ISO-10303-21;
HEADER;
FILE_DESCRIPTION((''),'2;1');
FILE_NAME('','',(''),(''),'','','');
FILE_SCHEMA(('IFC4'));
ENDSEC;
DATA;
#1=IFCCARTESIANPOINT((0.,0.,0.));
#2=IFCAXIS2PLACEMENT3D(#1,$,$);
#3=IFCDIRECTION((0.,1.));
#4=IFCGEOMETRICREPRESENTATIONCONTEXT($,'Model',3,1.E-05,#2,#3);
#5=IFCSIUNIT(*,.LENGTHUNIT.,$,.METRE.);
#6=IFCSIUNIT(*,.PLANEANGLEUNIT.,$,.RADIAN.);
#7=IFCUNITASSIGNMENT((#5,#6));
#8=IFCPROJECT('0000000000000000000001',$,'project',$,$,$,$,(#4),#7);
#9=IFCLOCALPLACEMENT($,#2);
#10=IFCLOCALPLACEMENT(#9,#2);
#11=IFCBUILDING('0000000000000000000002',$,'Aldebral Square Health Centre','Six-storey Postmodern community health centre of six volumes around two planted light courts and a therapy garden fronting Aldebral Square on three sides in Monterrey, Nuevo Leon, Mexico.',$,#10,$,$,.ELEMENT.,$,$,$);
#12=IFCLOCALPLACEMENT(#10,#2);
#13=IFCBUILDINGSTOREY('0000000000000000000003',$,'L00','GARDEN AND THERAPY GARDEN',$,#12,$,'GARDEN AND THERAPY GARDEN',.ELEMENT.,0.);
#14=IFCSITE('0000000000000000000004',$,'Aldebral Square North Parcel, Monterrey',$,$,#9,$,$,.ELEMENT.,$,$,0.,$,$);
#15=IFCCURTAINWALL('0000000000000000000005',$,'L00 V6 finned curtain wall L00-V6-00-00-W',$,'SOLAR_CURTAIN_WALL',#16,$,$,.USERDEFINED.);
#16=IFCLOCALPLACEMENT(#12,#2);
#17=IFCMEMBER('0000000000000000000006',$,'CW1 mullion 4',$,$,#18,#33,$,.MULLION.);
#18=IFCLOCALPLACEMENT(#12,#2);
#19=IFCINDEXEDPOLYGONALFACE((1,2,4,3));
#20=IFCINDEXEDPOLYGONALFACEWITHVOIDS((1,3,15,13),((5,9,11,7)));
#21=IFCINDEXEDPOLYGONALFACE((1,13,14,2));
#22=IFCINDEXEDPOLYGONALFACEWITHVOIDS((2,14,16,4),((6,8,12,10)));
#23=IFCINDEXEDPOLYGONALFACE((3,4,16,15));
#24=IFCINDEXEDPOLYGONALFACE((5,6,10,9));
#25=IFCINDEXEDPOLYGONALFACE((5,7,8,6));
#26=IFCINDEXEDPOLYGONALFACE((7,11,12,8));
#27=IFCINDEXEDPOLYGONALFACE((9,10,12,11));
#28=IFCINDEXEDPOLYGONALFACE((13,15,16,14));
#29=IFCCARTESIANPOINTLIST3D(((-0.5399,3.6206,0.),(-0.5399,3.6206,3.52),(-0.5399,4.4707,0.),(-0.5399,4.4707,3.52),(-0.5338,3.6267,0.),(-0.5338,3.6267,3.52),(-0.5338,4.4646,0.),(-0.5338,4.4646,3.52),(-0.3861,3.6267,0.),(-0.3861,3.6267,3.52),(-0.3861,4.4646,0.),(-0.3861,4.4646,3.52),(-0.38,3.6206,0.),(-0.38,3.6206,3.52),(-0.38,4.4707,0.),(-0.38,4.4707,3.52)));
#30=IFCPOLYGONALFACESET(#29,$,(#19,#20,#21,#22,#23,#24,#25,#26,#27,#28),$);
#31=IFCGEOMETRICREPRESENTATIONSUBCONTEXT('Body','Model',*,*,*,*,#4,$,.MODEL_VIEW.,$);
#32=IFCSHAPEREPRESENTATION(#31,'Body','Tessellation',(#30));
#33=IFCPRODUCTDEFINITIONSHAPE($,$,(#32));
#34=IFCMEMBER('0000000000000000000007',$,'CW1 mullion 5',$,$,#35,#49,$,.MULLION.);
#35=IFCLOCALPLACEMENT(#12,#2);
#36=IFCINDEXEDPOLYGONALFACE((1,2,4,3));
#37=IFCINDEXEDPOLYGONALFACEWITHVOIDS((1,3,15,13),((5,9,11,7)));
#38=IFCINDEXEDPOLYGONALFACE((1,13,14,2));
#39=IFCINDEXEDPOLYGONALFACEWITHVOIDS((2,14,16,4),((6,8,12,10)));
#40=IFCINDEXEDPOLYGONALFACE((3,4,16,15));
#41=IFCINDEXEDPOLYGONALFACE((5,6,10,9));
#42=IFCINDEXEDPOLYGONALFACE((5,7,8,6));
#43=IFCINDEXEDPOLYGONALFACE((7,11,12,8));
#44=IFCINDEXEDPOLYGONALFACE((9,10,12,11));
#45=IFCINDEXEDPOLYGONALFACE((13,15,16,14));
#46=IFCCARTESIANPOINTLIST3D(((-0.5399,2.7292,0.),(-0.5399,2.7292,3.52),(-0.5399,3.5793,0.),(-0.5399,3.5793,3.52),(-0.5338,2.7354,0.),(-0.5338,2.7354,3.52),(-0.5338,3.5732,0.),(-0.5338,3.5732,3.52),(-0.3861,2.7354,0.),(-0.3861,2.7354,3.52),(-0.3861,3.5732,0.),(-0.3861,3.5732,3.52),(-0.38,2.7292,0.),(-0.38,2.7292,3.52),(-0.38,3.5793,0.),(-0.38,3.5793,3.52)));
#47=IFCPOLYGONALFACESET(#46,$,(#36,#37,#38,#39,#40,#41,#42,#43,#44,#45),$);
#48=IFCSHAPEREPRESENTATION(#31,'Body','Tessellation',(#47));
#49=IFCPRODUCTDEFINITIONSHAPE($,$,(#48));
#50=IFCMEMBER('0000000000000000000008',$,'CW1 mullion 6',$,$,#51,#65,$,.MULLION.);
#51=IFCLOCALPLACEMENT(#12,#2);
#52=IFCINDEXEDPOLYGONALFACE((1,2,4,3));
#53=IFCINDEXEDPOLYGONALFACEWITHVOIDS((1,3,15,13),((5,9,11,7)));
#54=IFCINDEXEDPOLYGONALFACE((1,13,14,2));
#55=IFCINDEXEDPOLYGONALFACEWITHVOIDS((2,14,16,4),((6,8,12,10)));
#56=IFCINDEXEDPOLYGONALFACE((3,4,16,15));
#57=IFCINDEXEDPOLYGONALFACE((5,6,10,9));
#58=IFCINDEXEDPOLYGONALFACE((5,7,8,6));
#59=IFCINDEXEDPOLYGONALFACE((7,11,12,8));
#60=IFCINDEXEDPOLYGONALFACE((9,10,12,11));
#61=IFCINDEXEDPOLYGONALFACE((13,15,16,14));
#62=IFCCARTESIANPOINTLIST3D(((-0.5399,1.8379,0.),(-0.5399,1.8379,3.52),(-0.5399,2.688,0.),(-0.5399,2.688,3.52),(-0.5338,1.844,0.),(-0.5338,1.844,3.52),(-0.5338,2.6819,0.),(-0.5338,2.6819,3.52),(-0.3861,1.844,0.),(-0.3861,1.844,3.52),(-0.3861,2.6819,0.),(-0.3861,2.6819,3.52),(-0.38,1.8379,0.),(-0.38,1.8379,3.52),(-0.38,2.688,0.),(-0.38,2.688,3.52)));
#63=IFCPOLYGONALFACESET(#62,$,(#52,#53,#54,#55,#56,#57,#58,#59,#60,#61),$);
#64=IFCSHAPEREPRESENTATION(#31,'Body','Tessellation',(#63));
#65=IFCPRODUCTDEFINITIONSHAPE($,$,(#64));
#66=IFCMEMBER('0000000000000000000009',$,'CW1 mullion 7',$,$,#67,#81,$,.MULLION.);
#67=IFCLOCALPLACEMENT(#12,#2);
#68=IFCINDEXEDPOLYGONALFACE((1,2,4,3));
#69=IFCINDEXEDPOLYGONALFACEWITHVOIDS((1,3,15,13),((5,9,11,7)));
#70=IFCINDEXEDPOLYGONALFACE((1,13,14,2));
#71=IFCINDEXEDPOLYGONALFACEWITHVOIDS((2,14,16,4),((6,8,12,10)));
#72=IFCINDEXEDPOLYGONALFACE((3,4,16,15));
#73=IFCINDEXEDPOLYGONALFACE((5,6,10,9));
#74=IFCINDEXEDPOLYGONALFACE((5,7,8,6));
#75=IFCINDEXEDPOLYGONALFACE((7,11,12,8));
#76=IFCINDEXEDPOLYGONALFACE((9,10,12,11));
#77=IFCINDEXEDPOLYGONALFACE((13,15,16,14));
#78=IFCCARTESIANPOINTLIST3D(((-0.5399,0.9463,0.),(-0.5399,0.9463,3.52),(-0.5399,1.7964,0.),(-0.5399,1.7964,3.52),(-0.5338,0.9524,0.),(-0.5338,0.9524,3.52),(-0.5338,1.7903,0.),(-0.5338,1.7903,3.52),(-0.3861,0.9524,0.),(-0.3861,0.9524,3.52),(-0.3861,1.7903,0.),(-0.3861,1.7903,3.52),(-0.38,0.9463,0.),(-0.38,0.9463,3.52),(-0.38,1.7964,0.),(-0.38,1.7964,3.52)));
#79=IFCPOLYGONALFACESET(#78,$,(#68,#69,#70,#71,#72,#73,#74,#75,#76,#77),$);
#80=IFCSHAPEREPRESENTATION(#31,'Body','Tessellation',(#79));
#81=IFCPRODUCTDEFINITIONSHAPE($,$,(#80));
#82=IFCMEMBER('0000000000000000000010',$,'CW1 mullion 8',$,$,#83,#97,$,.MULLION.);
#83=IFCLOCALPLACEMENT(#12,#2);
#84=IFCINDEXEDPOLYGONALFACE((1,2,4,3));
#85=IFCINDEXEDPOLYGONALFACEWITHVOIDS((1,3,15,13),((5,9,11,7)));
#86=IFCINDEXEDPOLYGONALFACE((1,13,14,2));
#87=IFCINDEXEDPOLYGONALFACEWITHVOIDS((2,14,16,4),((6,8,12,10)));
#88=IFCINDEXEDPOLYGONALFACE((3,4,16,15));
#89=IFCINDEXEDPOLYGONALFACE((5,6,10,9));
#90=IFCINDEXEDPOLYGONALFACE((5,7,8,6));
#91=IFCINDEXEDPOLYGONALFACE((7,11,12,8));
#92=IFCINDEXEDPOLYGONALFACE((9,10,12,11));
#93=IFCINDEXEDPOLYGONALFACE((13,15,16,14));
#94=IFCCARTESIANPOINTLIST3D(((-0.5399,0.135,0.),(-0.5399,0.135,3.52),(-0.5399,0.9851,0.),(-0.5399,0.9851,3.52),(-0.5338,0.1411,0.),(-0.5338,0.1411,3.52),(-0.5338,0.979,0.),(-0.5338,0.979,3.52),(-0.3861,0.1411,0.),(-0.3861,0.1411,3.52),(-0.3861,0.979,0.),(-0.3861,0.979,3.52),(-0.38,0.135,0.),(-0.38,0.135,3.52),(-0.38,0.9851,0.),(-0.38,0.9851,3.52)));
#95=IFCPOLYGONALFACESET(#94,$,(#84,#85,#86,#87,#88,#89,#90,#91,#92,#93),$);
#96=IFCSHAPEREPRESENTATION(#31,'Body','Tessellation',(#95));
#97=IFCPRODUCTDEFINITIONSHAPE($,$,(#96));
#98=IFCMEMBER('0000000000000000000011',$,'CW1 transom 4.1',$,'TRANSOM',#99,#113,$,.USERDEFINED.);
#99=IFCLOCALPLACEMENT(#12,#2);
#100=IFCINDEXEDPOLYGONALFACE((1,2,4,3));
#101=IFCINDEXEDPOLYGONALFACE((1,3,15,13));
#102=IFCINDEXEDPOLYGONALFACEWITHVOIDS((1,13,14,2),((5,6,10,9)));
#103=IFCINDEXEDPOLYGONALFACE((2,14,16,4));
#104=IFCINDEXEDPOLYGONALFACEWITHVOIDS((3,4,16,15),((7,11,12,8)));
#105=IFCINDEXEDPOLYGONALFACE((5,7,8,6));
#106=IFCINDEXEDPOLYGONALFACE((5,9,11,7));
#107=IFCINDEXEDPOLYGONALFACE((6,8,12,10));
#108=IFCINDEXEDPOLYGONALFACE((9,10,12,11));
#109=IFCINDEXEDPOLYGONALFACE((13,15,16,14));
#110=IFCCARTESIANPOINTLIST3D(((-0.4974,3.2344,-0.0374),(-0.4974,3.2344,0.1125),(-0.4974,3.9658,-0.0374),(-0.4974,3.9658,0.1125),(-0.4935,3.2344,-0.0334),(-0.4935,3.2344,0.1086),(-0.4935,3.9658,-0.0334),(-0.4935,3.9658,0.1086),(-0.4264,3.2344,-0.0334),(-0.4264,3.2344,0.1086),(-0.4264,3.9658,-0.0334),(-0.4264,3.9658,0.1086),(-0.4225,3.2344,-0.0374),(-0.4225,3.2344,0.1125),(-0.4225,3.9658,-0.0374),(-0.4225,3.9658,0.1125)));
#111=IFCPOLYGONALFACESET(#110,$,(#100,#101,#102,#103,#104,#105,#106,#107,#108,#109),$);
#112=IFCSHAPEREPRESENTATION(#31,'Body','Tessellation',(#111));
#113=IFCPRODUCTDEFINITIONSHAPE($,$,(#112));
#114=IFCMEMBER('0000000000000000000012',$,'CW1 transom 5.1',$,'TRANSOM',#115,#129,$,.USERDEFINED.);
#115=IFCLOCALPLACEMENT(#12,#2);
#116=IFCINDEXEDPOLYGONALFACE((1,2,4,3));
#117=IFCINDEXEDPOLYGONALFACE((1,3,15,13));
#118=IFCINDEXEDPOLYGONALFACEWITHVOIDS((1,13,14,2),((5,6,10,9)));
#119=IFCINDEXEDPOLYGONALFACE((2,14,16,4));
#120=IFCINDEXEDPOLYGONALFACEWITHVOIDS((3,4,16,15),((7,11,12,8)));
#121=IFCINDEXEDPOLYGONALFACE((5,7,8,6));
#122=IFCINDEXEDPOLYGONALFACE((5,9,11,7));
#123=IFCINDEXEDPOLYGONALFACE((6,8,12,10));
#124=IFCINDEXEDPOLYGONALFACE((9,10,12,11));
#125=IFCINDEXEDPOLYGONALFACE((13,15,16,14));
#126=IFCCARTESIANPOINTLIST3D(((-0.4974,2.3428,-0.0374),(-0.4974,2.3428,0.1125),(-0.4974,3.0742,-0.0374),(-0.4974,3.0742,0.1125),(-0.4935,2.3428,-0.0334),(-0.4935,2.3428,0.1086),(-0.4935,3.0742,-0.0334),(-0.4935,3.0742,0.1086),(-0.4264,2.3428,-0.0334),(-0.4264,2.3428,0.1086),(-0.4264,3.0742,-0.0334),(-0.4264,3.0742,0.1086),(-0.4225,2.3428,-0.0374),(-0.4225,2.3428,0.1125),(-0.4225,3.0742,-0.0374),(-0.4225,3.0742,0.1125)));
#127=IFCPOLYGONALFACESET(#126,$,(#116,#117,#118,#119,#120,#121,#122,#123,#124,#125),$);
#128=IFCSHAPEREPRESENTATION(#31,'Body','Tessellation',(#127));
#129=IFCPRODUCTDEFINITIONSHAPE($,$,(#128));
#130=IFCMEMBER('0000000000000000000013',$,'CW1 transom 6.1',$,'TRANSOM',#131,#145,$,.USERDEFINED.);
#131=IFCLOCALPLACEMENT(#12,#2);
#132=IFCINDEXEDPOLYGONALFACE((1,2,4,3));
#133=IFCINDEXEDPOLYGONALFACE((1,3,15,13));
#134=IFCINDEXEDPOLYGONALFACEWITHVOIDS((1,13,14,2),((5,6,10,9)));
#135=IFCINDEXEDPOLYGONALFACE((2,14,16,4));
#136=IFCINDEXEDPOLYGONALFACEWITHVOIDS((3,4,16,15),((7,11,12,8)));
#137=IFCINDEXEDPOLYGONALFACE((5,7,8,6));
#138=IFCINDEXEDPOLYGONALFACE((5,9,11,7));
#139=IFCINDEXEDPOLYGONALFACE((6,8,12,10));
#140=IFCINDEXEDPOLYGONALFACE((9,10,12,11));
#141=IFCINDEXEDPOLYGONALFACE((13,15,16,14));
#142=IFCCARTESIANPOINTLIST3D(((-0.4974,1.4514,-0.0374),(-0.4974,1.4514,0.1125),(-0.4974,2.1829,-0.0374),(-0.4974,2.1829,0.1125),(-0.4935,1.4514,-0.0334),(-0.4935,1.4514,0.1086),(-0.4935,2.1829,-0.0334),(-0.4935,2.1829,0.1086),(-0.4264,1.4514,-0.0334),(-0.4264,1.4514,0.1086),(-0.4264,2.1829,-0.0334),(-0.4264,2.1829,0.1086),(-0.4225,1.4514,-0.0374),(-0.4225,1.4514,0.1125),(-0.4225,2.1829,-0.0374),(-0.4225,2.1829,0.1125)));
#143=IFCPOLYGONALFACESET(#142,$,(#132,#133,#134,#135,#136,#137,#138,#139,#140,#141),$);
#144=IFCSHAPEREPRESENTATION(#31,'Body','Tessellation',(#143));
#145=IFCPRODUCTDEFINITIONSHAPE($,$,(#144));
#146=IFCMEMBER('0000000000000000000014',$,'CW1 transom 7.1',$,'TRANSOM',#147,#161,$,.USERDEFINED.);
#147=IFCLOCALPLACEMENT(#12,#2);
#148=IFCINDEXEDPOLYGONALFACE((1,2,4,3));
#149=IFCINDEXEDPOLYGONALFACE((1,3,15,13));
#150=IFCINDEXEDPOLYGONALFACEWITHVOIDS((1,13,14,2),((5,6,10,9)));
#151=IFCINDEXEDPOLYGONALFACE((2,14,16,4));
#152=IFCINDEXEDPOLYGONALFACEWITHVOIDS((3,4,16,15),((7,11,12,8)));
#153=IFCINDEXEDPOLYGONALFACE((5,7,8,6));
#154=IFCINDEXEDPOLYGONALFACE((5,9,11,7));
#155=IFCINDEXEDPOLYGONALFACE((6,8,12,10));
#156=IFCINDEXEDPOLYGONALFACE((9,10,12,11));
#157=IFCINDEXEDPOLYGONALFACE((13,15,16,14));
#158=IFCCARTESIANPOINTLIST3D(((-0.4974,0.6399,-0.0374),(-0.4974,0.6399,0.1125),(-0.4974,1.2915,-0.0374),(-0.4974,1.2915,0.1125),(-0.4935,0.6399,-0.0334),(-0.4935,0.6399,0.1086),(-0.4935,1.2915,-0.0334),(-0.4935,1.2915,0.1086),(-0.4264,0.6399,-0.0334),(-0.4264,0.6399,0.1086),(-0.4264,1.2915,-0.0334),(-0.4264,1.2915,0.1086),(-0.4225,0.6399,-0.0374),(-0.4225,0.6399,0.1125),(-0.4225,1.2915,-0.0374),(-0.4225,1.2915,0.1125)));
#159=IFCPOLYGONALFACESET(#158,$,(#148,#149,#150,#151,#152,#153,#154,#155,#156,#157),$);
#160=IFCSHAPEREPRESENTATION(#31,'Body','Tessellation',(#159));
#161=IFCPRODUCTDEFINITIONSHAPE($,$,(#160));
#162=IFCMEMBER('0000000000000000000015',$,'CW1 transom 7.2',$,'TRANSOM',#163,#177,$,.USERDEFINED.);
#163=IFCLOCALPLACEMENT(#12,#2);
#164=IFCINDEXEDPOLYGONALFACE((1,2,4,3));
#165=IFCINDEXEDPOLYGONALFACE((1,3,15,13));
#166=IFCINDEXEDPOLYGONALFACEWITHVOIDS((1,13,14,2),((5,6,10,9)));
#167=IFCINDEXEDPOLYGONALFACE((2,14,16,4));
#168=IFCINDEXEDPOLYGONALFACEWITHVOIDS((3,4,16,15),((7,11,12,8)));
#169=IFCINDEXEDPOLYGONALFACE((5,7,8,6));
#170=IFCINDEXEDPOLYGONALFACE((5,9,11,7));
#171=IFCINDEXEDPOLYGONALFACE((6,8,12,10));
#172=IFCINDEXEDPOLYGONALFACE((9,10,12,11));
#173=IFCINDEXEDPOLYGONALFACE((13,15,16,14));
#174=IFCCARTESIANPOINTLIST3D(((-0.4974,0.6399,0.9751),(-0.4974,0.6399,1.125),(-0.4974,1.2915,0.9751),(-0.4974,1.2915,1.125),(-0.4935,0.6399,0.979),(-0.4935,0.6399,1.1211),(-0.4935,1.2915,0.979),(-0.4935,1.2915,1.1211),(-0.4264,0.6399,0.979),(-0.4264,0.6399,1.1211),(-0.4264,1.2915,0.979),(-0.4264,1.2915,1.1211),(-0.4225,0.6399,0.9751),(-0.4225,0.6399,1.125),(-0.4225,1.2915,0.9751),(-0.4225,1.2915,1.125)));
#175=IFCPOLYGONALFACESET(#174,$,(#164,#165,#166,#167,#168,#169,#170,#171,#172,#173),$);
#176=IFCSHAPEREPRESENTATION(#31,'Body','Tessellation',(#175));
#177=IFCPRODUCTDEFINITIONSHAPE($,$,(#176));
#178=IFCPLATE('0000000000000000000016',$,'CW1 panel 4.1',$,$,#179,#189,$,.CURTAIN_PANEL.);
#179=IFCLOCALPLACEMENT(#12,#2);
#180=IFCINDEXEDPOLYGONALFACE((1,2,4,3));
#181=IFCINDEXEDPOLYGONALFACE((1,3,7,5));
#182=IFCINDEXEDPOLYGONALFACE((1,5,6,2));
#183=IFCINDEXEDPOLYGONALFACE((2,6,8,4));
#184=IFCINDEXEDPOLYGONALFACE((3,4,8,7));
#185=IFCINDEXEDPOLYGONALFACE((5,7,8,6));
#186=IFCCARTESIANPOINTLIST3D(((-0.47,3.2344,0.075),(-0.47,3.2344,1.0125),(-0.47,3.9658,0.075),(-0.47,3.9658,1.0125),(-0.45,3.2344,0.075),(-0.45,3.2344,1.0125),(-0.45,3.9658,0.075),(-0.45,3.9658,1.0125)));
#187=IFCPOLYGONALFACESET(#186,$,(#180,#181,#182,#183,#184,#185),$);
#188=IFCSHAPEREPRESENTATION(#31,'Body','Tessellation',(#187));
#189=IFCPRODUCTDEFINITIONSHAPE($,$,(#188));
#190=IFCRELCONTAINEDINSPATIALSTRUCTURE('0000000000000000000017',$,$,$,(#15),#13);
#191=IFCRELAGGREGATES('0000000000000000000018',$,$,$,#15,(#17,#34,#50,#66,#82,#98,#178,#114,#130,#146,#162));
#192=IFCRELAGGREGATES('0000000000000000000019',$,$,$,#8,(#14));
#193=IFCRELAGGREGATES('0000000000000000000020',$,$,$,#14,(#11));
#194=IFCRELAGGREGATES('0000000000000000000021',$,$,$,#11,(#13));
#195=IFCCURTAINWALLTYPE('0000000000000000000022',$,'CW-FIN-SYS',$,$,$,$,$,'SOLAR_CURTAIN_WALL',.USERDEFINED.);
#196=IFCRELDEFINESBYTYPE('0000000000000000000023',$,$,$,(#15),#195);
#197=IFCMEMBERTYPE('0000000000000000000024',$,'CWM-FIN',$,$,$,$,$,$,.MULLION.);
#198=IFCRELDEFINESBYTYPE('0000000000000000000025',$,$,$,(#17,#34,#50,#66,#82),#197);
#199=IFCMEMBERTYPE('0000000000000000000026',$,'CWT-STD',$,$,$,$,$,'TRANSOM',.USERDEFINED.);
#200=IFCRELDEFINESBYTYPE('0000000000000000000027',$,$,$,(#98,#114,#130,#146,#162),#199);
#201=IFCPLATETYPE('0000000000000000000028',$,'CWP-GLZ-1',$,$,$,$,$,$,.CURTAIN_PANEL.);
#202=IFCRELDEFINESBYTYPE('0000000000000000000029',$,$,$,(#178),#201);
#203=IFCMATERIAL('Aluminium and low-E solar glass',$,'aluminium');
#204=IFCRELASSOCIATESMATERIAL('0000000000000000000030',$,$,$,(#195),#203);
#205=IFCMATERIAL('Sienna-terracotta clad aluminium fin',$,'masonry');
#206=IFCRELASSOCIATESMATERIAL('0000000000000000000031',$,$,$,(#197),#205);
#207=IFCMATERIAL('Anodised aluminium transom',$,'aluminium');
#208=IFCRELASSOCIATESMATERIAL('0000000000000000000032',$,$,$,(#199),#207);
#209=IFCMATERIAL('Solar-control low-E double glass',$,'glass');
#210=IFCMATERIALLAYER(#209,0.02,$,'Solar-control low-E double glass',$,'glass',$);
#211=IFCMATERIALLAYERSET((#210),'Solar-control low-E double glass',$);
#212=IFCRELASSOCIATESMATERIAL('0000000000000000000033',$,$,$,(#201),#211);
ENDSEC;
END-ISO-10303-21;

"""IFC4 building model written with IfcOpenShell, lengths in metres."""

from ifc_helpers import new_model, si_unit, direction, frame, origin, origin_2d, place, context, subcontext, project, spatial, rectangle, hollow_rectangle, extrude, material, layer, layer_set, material_profile, profile_set, type_object, element, aggregate, save


model = new_model("IFC4")

# Units and contexts
model_context = context("Model", 3, precision=1e-05, world=origin(), true_north=direction((0.0, 1.0)))
body_context = subcontext(model_context, "Body", "Model", "MODEL_VIEW")
ifc_project = project(units=[si_unit("LENGTHUNIT", "METRE"), si_unit("PLANEANGLEUNIT", "RADIAN")], contexts=[model_context])

# Site, building, storey
site_placement = place(None, origin())
site = spatial("IfcSite", under=ifc_project, at=site_placement, Name="Aldebral Square North Parcel, Monterrey", CompositionType="ELEMENT", RefElevation=0.0)
building_placement = place(site_placement, origin())
building = spatial("IfcBuilding", under=site, at=building_placement, Name="Aldebral Square Health Centre", Description="Six-storey Postmodern community health centre of six volumes around two planted light courts and a therapy garden fronting Aldebral Square on three sides in Monterrey, Nuevo Leon, Mexico.", CompositionType="ELEMENT")
storey_placement = place(building_placement, origin())
storey = spatial("IfcBuildingStorey", under=building, at=storey_placement, Name="L00", Description="GARDEN AND THERAPY GARDEN", LongName="GARDEN AND THERAPY GARDEN", CompositionType="ELEMENT", Elevation=0.0)

# Curtain wall, members, plate
ifc_material_1 = material(Name="Aluminium and low-E solar glass", Category="aluminium")
curtain_wall_type = type_object("IfcCurtainWallType", Name="CW-FIN-SYS", ElementType="SOLAR_CURTAIN_WALL", PredefinedType="USERDEFINED", material=ifc_material_1)
curtain_wall_placement = place(storey_placement, origin())
curtain_wall = element("IfcCurtainWall", 1, at=curtain_wall_placement, inside=storey, type_object=curtain_wall_type, Name="L00 V6 finned curtain wall L00-V6-00-00-W", ObjectType="SOLAR_CURTAIN_WALL", PredefinedType="USERDEFINED")
ifc_material_2 = material(Name="Sienna-terracotta clad aluminium fin", Category="masonry")
ifc_material_profile_1 = material_profile(ifc_material_2, hollow_rectangle(XDim=0.1599, YDim=0.8501, WallThickness=0.0061, at=origin_2d()), Name="FIN 160x850x6")
ifc_profile_set_1 = profile_set([ifc_material_profile_1], Name="Sienna-terracotta clad aluminium fin")
member_type_1 = type_object("IfcMemberType", Name="CWM-FIN", PredefinedType="MULLION", material=ifc_profile_set_1)
member_1_placement = place(storey_placement, frame((-0.46, 4.0457, 0.0), z_axis=(0.0, 0.0, 1.0), x_axis=(1.0, 0.0, 0.0)))
member_1 = element("IfcMember", 2, at=member_1_placement, type_object=member_type_1, Name="CW1 mullion 4", PredefinedType="MULLION", context=body_context, shape_type="SweptSolid", body=[
    extrude(hollow_rectangle(XDim=0.1599, YDim=0.8501, WallThickness=0.0061, at=origin_2d()), origin(), (0.0, 0.0, 1.0), 3.52),
])
member_2_placement = place(storey_placement, frame((-0.46, 3.1543, 0.0), z_axis=(0.0, 0.0, 1.0), x_axis=(1.0, 0.0, 0.0)))
member_2 = element("IfcMember", 3, at=member_2_placement, type_object=member_type_1, Name="CW1 mullion 5", PredefinedType="MULLION", context=body_context, shape_type="SweptSolid", body=[
    extrude(hollow_rectangle(XDim=0.1599, YDim=0.8501, WallThickness=0.0061, at=origin_2d()), origin(), (0.0, 0.0, 1.0), 3.52),
])
member_3_placement = place(storey_placement, frame((-0.46, 2.2629, 0.0), z_axis=(0.0, 0.0, 1.0), x_axis=(1.0, 0.0, 0.0)))
member_3 = element("IfcMember", 4, at=member_3_placement, type_object=member_type_1, Name="CW1 mullion 6", PredefinedType="MULLION", context=body_context, shape_type="SweptSolid", body=[
    extrude(hollow_rectangle(XDim=0.1599, YDim=0.8501, WallThickness=0.0061, at=origin_2d()), origin(), (0.0, 0.0, 1.0), 3.52),
])
member_4_placement = place(storey_placement, frame((-0.46, 1.3713, 0.0), z_axis=(0.0, 0.0, 1.0), x_axis=(1.0, 0.0, 0.0)))
member_4 = element("IfcMember", 5, at=member_4_placement, type_object=member_type_1, Name="CW1 mullion 7", PredefinedType="MULLION", context=body_context, shape_type="SweptSolid", body=[
    extrude(hollow_rectangle(XDim=0.1599, YDim=0.8501, WallThickness=0.0061, at=origin_2d()), origin(), (0.0, 0.0, 1.0), 3.52),
])
member_5_placement = place(storey_placement, frame((-0.46, 0.5601, 0.0), z_axis=(0.0, 0.0, 1.0), x_axis=(1.0, 0.0, 0.0)))
member_5 = element("IfcMember", 6, at=member_5_placement, type_object=member_type_1, Name="CW1 mullion 8", PredefinedType="MULLION", context=body_context, shape_type="SweptSolid", body=[
    extrude(hollow_rectangle(XDim=0.1599, YDim=0.8501, WallThickness=0.0061, at=origin_2d()), origin(), (0.0, 0.0, 1.0), 3.52),
])
ifc_material_3 = material(Name="Anodised aluminium transom", Category="aluminium")
ifc_material_profile_2 = material_profile(ifc_material_3, hollow_rectangle(XDim=0.075, YDim=0.1499, WallThickness=0.0039, at=origin_2d()), Name="CWT 75x150x4")
ifc_profile_set_2 = profile_set([ifc_material_profile_2], Name="Anodised aluminium transom")
member_type_2 = type_object("IfcMemberType", Name="CWT-STD", ElementType="TRANSOM", PredefinedType="USERDEFINED", material=ifc_profile_set_2)
member_6_placement = place(storey_placement, frame((-0.46, 3.9658, 0.0376), z_axis=(0.0, -1.0, 0.0), x_axis=(1.0, 0.0, 0.0)))
member_6 = element("IfcMember", 7, at=member_6_placement, type_object=member_type_2, Name="CW1 transom 4.1", ObjectType="TRANSOM", PredefinedType="USERDEFINED", context=body_context, shape_type="SweptSolid", body=[
    extrude(hollow_rectangle(XDim=0.075, YDim=0.1499, WallThickness=0.0039, at=origin_2d()), origin(), (0.0, 0.0, 1.0), 0.7314),
])
member_7_placement = place(storey_placement, frame((-0.46, 3.0742, 0.0376), z_axis=(0.0, -1.0, 0.0), x_axis=(1.0, 0.0, 0.0)))
member_7 = element("IfcMember", 8, at=member_7_placement, type_object=member_type_2, Name="CW1 transom 5.1", ObjectType="TRANSOM", PredefinedType="USERDEFINED", context=body_context, shape_type="SweptSolid", body=[
    extrude(hollow_rectangle(XDim=0.075, YDim=0.1499, WallThickness=0.0039, at=origin_2d()), origin(), (0.0, 0.0, 1.0), 0.7314),
])
member_8_placement = place(storey_placement, frame((-0.46, 2.1829, 0.0376), z_axis=(0.0, -1.0, 0.0), x_axis=(1.0, 0.0, 0.0)))
member_8 = element("IfcMember", 9, at=member_8_placement, type_object=member_type_2, Name="CW1 transom 6.1", ObjectType="TRANSOM", PredefinedType="USERDEFINED", context=body_context, shape_type="SweptSolid", body=[
    extrude(hollow_rectangle(XDim=0.075, YDim=0.1499, WallThickness=0.0039, at=origin_2d()), origin(), (0.0, 0.0, 1.0), 0.7314),
])
member_9_placement = place(storey_placement, frame((-0.46, 1.2915, 0.0376), z_axis=(0.0, -1.0, 0.0), x_axis=(1.0, 0.0, 0.0)))
member_9 = element("IfcMember", 10, at=member_9_placement, type_object=member_type_2, Name="CW1 transom 7.1", ObjectType="TRANSOM", PredefinedType="USERDEFINED", context=body_context, shape_type="SweptSolid", body=[
    extrude(hollow_rectangle(XDim=0.075, YDim=0.1499, WallThickness=0.0039, at=origin_2d()), origin(), (0.0, 0.0, 1.0), 0.6516),
])
member_10_placement = place(storey_placement, frame((-0.46, 1.2915, 1.05), z_axis=(0.0, -1.0, 0.0), x_axis=(1.0, 0.0, 0.0)))
member_10 = element("IfcMember", 11, at=member_10_placement, type_object=member_type_2, Name="CW1 transom 7.2", ObjectType="TRANSOM", PredefinedType="USERDEFINED", context=body_context, shape_type="SweptSolid", body=[
    extrude(hollow_rectangle(XDim=0.075, YDim=0.1499, WallThickness=0.0039, at=origin_2d()), origin(), (0.0, 0.0, 1.0), 0.6516),
])
ifc_material_4 = material(Name="Solar-control low-E double glass", Category="glass")
ifc_layer_1 = layer(ifc_material_4, 0.02, Name="Solar-control low-E double glass", Category="glass")
ifc_layer_set_1 = layer_set([ifc_layer_1], Name="Solar-control low-E double glass")
plate_type = type_object("IfcPlateType", Name="CWP-GLZ-1", PredefinedType="CURTAIN_PANEL", material=ifc_layer_set_1)
plate_1_placement = place(storey_placement, frame((-0.46, 3.6001, 0.075), z_axis=(0.0, 0.0, 1.0), x_axis=(0.0, -1.0, 0.0)))
plate_1 = element("IfcPlate", 12, at=plate_1_placement, type_object=plate_type, Name="CW1 panel 4.1", PredefinedType="CURTAIN_PANEL", context=body_context, shape_type="SweptSolid", body=[
    extrude(rectangle(XDim=0.7314, YDim=0.02, at=origin_2d()), origin(), (0.0, 0.0, 1.0), 0.9375),
])
aggregate(curtain_wall, [member_1, member_2, member_3, member_4, member_5, member_6, plate_1, member_7, member_8, member_9, member_10])

save(model, "model.ifc")
